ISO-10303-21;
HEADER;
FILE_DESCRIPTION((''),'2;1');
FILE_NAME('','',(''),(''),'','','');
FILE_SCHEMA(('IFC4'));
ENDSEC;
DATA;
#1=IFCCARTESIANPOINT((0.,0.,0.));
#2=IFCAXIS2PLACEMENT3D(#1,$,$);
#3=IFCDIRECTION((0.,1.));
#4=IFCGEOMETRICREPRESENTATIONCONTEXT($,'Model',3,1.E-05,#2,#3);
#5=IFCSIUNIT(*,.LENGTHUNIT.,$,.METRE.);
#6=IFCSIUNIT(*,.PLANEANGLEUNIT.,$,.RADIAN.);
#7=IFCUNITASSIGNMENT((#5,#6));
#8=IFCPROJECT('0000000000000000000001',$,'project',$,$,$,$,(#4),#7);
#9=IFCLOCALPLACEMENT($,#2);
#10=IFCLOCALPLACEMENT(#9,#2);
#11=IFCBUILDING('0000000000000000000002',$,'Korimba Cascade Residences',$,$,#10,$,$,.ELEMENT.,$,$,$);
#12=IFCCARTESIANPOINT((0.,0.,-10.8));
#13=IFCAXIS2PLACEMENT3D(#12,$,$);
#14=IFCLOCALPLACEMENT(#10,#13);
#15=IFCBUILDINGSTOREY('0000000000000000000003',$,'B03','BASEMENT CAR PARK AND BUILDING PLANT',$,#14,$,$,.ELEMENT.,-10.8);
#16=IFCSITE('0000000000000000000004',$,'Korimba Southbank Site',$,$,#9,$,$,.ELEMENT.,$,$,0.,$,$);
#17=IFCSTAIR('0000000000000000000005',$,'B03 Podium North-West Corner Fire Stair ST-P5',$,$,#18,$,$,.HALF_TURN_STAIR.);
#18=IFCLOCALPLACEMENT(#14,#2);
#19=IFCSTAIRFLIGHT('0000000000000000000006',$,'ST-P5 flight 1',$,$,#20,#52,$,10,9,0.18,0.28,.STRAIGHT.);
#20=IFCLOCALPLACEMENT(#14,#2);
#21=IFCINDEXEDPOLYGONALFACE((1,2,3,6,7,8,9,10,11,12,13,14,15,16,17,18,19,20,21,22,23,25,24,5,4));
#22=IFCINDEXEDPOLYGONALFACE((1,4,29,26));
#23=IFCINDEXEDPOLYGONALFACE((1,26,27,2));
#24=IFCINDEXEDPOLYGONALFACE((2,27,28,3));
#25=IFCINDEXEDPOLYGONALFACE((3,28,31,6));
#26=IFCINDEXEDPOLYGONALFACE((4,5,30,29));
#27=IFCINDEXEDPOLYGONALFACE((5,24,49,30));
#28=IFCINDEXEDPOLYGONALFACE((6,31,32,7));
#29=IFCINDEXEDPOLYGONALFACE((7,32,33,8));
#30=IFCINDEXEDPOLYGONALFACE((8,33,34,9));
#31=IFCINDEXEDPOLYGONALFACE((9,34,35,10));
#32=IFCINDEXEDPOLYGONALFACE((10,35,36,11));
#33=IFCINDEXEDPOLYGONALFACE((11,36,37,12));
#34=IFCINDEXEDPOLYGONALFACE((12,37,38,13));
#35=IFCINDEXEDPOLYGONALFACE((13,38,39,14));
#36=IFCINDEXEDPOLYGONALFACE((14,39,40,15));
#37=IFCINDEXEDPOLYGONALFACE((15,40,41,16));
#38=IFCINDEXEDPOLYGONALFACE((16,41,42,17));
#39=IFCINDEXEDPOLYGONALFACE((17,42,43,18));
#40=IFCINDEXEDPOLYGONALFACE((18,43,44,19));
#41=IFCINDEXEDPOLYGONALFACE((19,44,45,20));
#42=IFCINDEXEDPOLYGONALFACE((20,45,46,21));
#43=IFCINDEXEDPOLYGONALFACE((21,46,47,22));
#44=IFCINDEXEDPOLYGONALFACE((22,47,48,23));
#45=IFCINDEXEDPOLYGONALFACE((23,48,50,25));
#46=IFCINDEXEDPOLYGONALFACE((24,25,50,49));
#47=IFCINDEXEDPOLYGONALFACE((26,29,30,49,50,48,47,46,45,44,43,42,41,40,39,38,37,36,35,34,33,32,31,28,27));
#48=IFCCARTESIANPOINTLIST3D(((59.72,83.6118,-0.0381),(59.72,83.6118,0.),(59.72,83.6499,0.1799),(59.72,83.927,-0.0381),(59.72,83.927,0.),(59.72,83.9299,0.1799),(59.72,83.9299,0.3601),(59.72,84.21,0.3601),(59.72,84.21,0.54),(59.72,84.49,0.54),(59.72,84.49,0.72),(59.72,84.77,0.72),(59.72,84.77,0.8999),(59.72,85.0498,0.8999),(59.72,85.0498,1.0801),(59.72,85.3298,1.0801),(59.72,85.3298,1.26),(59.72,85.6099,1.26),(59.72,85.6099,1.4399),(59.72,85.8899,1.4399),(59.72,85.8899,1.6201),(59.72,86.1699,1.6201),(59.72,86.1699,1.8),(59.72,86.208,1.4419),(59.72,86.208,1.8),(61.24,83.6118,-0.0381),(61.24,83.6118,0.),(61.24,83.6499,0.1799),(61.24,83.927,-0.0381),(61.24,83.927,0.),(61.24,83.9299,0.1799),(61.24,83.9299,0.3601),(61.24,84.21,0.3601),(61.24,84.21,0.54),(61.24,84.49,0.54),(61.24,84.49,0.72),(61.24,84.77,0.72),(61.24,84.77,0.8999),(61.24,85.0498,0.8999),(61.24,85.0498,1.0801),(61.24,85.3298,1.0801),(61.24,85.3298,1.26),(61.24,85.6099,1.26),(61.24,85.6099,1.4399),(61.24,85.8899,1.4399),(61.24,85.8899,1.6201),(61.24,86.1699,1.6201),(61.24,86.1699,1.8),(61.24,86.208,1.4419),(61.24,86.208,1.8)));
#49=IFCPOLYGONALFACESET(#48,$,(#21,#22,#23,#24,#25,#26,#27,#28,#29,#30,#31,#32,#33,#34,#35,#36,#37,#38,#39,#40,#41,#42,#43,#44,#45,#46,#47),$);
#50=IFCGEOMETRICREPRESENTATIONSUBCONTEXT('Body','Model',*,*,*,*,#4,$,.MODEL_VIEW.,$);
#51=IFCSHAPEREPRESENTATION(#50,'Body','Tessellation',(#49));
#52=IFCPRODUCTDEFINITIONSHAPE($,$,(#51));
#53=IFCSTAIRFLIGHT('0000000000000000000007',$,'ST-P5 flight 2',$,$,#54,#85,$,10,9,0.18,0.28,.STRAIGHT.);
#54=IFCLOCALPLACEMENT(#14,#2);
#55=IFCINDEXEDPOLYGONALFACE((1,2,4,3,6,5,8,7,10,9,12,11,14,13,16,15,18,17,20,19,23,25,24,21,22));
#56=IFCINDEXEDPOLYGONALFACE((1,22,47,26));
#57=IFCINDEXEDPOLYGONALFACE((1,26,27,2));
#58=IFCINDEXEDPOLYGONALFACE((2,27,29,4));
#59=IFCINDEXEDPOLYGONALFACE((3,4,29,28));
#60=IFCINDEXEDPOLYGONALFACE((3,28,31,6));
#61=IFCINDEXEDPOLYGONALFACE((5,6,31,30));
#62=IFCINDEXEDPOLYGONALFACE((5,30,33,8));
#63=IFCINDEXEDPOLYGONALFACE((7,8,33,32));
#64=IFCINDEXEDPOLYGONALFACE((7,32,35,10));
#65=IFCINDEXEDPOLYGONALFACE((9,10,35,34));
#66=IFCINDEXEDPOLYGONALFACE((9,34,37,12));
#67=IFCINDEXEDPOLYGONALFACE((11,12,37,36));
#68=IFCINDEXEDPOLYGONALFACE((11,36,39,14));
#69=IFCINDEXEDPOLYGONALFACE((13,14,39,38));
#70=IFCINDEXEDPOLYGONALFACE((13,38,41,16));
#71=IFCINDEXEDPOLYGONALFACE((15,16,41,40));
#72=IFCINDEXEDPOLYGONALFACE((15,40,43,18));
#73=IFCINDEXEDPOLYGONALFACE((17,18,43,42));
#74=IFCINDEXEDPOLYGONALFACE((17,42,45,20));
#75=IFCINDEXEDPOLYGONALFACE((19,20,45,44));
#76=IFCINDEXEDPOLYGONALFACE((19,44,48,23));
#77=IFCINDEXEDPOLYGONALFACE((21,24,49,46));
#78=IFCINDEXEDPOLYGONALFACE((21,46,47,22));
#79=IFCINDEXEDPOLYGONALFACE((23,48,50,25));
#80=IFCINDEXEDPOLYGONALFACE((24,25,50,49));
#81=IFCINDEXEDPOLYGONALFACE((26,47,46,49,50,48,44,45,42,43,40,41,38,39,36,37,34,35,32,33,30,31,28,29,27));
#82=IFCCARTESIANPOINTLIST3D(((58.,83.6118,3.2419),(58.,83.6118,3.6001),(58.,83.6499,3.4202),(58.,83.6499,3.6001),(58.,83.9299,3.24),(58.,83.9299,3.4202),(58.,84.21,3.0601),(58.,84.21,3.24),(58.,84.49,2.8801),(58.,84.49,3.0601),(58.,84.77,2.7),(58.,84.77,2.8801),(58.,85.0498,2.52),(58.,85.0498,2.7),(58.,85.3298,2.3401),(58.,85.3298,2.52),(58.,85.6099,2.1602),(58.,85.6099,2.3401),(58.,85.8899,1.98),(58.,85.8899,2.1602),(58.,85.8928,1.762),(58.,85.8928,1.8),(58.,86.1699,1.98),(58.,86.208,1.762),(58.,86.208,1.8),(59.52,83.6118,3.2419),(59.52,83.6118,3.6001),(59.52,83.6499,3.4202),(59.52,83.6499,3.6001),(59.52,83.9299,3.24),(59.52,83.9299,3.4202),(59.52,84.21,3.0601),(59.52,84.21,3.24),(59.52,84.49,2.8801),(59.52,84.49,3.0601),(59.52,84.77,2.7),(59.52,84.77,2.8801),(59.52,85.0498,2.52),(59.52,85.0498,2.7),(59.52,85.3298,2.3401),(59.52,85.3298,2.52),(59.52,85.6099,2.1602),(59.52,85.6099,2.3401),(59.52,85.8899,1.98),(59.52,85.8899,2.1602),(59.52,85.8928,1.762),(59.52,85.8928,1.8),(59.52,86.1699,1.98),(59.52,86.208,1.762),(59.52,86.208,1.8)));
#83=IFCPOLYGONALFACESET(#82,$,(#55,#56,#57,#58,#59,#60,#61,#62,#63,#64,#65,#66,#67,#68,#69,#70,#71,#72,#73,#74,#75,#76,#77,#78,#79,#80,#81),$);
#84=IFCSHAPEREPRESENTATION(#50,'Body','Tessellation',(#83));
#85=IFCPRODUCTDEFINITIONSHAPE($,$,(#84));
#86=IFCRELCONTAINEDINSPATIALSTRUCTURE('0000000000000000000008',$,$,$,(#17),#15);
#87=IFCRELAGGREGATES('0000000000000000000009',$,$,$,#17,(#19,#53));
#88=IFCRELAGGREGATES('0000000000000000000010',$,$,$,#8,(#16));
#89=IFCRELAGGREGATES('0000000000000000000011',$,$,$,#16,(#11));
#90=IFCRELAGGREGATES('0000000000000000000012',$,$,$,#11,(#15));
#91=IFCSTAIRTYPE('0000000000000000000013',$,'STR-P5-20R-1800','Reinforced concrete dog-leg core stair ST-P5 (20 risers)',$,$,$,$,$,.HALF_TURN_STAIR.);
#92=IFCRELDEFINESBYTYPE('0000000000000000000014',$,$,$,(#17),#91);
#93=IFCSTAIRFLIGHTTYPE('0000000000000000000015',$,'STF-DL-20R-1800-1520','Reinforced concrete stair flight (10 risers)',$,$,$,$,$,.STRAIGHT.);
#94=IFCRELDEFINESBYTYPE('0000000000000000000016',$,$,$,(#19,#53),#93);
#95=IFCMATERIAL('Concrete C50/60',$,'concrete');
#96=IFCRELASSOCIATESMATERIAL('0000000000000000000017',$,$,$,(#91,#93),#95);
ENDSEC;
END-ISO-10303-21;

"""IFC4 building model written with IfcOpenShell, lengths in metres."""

from ifc_helpers import new_model, si_unit, direction, frame, origin, place, context, subcontext, project, spatial, polyline, outline, extrude, material, type_object, element, aggregate, save


model = new_model("IFC4")

# Units and contexts
model_context = context("Model", 3, precision=1e-05, world=origin(), true_north=direction((0.0, 1.0)))
body_context = subcontext(model_context, "Body", "Model", "MODEL_VIEW")
ifc_project = project(units=[si_unit("LENGTHUNIT", "METRE"), si_unit("PLANEANGLEUNIT", "RADIAN")], contexts=[model_context])

# Site, building, storey
site_placement = place(None, origin())
site = spatial("IfcSite", under=ifc_project, at=site_placement, Name="Korimba Southbank Site", CompositionType="ELEMENT", RefElevation=0.0)
building_placement = place(site_placement, origin())
building = spatial("IfcBuilding", under=site, at=building_placement, Name="Korimba Cascade Residences", CompositionType="ELEMENT")
storey_placement = place(building_placement, frame((0.0, 0.0, -10.8)))
storey = spatial("IfcBuildingStorey", under=building, at=storey_placement, Name="B03", Description="BASEMENT CAR PARK AND BUILDING PLANT", CompositionType="ELEMENT", Elevation=-10.8)

# Shared definitions
ifc_material_1 = material(Name="Concrete C50/60", Category="concrete")

# Stair, stair flights
stair_type = type_object("IfcStairType", Name="STR-P5-20R-1800", Description="Reinforced concrete dog-leg core stair ST-P5 (20 risers)", PredefinedType="HALF_TURN_STAIR", material=ifc_material_1)
stair_placement = place(storey_placement, origin())
stair = element("IfcStair", 1, at=stair_placement, inside=storey, type_object=stair_type, Name="B03 Podium North-West Corner Fire Stair ST-P5", PredefinedType="HALF_TURN_STAIR")
stair_flight_type = type_object("IfcStairFlightType", Name="STF-DL-20R-1800-1520", Description="Reinforced concrete stair flight (10 risers)", PredefinedType="STRAIGHT", material=ifc_material_1)
stair_flight_1_placement = place(storey_placement, frame((60.48, 83.6499, 0.0), z_axis=(0.0, 0.0, 1.0), x_axis=(0.0, 1.0, 0.0)))
stair_flight_1 = element("IfcStairFlight", 2, at=stair_flight_1_placement, type_object=stair_flight_type, Name="ST-P5 flight 1", NumberOfRisers=10, NumberOfTreads=9, PredefinedType="STRAIGHT", RiserHeight=0.18, TreadLength=0.28, context=body_context, shape_type="SweptSolid", body=[
    extrude(outline(polyline([(-0.0381, 0.0), (0.0, 0.1799), (0.28, 0.1799), (0.28, 0.3601), (0.5601, 0.3601), (0.5601, 0.54), (0.8401, 0.54), (0.8401, 0.72), (1.1201, 0.72), (1.1201, 0.8999), (1.3999, 0.8999), (1.3999, 1.0801), (1.6799, 1.0801), (1.6799, 1.26), (1.96, 1.26), (1.96, 1.4399), (2.24, 1.4399), (2.24, 1.6201), (2.52, 1.6201), (2.52, 1.8), (2.5581, 1.8), (2.5581, 1.4419), (0.2771, 0.0), (0.2771, -0.0381), (-0.0381, -0.0381), (-0.0381, 0.0)])), frame((0.0, 0.76, 0.0), z_axis=(0.0, -1.0, 0.0), x_axis=(1.0, 0.0, 0.0)), (0.0, 0.0, 1.0), 1.52),
])
stair_flight_2_placement = place(storey_placement, frame((58.76, 86.1699, 1.8), z_axis=(0.0, 0.0, 1.0), x_axis=(0.0, -1.0, 0.0)))
stair_flight_2 = element("IfcStairFlight", 3, at=stair_flight_2_placement, type_object=stair_flight_type, Name="ST-P5 flight 2", NumberOfRisers=10, NumberOfTreads=9, PredefinedType="STRAIGHT", RiserHeight=0.18, TreadLength=0.28, context=body_context, shape_type="SweptSolid", body=[
    extrude(outline(polyline([(-0.0381, 0.0), (0.0, 0.1799), (0.28, 0.1799), (0.28, 0.3601), (0.5601, 0.3601), (0.5601, 0.54), (0.8401, 0.54), (0.8401, 0.72), (1.1201, 0.72), (1.1201, 0.8999), (1.3999, 0.8999), (1.3999, 1.0801), (1.6799, 1.0801), (1.6799, 1.26), (1.96, 1.26), (1.96, 1.4399), (2.24, 1.4399), (2.24, 1.6201), (2.52, 1.6201), (2.52, 1.8), (2.5581, 1.8), (2.5581, 1.4419), (0.2771, 0.0), (0.2771, -0.0381), (-0.0381, -0.0381), (-0.0381, 0.0)])), frame((0.0, 0.76, 0.0), z_axis=(0.0, -1.0, 0.0), x_axis=(1.0, 0.0, 0.0)), (0.0, 0.0, 1.0), 1.52),
])
aggregate(stair, [stair_flight_1, stair_flight_2])

save(model, "model.ifc")
